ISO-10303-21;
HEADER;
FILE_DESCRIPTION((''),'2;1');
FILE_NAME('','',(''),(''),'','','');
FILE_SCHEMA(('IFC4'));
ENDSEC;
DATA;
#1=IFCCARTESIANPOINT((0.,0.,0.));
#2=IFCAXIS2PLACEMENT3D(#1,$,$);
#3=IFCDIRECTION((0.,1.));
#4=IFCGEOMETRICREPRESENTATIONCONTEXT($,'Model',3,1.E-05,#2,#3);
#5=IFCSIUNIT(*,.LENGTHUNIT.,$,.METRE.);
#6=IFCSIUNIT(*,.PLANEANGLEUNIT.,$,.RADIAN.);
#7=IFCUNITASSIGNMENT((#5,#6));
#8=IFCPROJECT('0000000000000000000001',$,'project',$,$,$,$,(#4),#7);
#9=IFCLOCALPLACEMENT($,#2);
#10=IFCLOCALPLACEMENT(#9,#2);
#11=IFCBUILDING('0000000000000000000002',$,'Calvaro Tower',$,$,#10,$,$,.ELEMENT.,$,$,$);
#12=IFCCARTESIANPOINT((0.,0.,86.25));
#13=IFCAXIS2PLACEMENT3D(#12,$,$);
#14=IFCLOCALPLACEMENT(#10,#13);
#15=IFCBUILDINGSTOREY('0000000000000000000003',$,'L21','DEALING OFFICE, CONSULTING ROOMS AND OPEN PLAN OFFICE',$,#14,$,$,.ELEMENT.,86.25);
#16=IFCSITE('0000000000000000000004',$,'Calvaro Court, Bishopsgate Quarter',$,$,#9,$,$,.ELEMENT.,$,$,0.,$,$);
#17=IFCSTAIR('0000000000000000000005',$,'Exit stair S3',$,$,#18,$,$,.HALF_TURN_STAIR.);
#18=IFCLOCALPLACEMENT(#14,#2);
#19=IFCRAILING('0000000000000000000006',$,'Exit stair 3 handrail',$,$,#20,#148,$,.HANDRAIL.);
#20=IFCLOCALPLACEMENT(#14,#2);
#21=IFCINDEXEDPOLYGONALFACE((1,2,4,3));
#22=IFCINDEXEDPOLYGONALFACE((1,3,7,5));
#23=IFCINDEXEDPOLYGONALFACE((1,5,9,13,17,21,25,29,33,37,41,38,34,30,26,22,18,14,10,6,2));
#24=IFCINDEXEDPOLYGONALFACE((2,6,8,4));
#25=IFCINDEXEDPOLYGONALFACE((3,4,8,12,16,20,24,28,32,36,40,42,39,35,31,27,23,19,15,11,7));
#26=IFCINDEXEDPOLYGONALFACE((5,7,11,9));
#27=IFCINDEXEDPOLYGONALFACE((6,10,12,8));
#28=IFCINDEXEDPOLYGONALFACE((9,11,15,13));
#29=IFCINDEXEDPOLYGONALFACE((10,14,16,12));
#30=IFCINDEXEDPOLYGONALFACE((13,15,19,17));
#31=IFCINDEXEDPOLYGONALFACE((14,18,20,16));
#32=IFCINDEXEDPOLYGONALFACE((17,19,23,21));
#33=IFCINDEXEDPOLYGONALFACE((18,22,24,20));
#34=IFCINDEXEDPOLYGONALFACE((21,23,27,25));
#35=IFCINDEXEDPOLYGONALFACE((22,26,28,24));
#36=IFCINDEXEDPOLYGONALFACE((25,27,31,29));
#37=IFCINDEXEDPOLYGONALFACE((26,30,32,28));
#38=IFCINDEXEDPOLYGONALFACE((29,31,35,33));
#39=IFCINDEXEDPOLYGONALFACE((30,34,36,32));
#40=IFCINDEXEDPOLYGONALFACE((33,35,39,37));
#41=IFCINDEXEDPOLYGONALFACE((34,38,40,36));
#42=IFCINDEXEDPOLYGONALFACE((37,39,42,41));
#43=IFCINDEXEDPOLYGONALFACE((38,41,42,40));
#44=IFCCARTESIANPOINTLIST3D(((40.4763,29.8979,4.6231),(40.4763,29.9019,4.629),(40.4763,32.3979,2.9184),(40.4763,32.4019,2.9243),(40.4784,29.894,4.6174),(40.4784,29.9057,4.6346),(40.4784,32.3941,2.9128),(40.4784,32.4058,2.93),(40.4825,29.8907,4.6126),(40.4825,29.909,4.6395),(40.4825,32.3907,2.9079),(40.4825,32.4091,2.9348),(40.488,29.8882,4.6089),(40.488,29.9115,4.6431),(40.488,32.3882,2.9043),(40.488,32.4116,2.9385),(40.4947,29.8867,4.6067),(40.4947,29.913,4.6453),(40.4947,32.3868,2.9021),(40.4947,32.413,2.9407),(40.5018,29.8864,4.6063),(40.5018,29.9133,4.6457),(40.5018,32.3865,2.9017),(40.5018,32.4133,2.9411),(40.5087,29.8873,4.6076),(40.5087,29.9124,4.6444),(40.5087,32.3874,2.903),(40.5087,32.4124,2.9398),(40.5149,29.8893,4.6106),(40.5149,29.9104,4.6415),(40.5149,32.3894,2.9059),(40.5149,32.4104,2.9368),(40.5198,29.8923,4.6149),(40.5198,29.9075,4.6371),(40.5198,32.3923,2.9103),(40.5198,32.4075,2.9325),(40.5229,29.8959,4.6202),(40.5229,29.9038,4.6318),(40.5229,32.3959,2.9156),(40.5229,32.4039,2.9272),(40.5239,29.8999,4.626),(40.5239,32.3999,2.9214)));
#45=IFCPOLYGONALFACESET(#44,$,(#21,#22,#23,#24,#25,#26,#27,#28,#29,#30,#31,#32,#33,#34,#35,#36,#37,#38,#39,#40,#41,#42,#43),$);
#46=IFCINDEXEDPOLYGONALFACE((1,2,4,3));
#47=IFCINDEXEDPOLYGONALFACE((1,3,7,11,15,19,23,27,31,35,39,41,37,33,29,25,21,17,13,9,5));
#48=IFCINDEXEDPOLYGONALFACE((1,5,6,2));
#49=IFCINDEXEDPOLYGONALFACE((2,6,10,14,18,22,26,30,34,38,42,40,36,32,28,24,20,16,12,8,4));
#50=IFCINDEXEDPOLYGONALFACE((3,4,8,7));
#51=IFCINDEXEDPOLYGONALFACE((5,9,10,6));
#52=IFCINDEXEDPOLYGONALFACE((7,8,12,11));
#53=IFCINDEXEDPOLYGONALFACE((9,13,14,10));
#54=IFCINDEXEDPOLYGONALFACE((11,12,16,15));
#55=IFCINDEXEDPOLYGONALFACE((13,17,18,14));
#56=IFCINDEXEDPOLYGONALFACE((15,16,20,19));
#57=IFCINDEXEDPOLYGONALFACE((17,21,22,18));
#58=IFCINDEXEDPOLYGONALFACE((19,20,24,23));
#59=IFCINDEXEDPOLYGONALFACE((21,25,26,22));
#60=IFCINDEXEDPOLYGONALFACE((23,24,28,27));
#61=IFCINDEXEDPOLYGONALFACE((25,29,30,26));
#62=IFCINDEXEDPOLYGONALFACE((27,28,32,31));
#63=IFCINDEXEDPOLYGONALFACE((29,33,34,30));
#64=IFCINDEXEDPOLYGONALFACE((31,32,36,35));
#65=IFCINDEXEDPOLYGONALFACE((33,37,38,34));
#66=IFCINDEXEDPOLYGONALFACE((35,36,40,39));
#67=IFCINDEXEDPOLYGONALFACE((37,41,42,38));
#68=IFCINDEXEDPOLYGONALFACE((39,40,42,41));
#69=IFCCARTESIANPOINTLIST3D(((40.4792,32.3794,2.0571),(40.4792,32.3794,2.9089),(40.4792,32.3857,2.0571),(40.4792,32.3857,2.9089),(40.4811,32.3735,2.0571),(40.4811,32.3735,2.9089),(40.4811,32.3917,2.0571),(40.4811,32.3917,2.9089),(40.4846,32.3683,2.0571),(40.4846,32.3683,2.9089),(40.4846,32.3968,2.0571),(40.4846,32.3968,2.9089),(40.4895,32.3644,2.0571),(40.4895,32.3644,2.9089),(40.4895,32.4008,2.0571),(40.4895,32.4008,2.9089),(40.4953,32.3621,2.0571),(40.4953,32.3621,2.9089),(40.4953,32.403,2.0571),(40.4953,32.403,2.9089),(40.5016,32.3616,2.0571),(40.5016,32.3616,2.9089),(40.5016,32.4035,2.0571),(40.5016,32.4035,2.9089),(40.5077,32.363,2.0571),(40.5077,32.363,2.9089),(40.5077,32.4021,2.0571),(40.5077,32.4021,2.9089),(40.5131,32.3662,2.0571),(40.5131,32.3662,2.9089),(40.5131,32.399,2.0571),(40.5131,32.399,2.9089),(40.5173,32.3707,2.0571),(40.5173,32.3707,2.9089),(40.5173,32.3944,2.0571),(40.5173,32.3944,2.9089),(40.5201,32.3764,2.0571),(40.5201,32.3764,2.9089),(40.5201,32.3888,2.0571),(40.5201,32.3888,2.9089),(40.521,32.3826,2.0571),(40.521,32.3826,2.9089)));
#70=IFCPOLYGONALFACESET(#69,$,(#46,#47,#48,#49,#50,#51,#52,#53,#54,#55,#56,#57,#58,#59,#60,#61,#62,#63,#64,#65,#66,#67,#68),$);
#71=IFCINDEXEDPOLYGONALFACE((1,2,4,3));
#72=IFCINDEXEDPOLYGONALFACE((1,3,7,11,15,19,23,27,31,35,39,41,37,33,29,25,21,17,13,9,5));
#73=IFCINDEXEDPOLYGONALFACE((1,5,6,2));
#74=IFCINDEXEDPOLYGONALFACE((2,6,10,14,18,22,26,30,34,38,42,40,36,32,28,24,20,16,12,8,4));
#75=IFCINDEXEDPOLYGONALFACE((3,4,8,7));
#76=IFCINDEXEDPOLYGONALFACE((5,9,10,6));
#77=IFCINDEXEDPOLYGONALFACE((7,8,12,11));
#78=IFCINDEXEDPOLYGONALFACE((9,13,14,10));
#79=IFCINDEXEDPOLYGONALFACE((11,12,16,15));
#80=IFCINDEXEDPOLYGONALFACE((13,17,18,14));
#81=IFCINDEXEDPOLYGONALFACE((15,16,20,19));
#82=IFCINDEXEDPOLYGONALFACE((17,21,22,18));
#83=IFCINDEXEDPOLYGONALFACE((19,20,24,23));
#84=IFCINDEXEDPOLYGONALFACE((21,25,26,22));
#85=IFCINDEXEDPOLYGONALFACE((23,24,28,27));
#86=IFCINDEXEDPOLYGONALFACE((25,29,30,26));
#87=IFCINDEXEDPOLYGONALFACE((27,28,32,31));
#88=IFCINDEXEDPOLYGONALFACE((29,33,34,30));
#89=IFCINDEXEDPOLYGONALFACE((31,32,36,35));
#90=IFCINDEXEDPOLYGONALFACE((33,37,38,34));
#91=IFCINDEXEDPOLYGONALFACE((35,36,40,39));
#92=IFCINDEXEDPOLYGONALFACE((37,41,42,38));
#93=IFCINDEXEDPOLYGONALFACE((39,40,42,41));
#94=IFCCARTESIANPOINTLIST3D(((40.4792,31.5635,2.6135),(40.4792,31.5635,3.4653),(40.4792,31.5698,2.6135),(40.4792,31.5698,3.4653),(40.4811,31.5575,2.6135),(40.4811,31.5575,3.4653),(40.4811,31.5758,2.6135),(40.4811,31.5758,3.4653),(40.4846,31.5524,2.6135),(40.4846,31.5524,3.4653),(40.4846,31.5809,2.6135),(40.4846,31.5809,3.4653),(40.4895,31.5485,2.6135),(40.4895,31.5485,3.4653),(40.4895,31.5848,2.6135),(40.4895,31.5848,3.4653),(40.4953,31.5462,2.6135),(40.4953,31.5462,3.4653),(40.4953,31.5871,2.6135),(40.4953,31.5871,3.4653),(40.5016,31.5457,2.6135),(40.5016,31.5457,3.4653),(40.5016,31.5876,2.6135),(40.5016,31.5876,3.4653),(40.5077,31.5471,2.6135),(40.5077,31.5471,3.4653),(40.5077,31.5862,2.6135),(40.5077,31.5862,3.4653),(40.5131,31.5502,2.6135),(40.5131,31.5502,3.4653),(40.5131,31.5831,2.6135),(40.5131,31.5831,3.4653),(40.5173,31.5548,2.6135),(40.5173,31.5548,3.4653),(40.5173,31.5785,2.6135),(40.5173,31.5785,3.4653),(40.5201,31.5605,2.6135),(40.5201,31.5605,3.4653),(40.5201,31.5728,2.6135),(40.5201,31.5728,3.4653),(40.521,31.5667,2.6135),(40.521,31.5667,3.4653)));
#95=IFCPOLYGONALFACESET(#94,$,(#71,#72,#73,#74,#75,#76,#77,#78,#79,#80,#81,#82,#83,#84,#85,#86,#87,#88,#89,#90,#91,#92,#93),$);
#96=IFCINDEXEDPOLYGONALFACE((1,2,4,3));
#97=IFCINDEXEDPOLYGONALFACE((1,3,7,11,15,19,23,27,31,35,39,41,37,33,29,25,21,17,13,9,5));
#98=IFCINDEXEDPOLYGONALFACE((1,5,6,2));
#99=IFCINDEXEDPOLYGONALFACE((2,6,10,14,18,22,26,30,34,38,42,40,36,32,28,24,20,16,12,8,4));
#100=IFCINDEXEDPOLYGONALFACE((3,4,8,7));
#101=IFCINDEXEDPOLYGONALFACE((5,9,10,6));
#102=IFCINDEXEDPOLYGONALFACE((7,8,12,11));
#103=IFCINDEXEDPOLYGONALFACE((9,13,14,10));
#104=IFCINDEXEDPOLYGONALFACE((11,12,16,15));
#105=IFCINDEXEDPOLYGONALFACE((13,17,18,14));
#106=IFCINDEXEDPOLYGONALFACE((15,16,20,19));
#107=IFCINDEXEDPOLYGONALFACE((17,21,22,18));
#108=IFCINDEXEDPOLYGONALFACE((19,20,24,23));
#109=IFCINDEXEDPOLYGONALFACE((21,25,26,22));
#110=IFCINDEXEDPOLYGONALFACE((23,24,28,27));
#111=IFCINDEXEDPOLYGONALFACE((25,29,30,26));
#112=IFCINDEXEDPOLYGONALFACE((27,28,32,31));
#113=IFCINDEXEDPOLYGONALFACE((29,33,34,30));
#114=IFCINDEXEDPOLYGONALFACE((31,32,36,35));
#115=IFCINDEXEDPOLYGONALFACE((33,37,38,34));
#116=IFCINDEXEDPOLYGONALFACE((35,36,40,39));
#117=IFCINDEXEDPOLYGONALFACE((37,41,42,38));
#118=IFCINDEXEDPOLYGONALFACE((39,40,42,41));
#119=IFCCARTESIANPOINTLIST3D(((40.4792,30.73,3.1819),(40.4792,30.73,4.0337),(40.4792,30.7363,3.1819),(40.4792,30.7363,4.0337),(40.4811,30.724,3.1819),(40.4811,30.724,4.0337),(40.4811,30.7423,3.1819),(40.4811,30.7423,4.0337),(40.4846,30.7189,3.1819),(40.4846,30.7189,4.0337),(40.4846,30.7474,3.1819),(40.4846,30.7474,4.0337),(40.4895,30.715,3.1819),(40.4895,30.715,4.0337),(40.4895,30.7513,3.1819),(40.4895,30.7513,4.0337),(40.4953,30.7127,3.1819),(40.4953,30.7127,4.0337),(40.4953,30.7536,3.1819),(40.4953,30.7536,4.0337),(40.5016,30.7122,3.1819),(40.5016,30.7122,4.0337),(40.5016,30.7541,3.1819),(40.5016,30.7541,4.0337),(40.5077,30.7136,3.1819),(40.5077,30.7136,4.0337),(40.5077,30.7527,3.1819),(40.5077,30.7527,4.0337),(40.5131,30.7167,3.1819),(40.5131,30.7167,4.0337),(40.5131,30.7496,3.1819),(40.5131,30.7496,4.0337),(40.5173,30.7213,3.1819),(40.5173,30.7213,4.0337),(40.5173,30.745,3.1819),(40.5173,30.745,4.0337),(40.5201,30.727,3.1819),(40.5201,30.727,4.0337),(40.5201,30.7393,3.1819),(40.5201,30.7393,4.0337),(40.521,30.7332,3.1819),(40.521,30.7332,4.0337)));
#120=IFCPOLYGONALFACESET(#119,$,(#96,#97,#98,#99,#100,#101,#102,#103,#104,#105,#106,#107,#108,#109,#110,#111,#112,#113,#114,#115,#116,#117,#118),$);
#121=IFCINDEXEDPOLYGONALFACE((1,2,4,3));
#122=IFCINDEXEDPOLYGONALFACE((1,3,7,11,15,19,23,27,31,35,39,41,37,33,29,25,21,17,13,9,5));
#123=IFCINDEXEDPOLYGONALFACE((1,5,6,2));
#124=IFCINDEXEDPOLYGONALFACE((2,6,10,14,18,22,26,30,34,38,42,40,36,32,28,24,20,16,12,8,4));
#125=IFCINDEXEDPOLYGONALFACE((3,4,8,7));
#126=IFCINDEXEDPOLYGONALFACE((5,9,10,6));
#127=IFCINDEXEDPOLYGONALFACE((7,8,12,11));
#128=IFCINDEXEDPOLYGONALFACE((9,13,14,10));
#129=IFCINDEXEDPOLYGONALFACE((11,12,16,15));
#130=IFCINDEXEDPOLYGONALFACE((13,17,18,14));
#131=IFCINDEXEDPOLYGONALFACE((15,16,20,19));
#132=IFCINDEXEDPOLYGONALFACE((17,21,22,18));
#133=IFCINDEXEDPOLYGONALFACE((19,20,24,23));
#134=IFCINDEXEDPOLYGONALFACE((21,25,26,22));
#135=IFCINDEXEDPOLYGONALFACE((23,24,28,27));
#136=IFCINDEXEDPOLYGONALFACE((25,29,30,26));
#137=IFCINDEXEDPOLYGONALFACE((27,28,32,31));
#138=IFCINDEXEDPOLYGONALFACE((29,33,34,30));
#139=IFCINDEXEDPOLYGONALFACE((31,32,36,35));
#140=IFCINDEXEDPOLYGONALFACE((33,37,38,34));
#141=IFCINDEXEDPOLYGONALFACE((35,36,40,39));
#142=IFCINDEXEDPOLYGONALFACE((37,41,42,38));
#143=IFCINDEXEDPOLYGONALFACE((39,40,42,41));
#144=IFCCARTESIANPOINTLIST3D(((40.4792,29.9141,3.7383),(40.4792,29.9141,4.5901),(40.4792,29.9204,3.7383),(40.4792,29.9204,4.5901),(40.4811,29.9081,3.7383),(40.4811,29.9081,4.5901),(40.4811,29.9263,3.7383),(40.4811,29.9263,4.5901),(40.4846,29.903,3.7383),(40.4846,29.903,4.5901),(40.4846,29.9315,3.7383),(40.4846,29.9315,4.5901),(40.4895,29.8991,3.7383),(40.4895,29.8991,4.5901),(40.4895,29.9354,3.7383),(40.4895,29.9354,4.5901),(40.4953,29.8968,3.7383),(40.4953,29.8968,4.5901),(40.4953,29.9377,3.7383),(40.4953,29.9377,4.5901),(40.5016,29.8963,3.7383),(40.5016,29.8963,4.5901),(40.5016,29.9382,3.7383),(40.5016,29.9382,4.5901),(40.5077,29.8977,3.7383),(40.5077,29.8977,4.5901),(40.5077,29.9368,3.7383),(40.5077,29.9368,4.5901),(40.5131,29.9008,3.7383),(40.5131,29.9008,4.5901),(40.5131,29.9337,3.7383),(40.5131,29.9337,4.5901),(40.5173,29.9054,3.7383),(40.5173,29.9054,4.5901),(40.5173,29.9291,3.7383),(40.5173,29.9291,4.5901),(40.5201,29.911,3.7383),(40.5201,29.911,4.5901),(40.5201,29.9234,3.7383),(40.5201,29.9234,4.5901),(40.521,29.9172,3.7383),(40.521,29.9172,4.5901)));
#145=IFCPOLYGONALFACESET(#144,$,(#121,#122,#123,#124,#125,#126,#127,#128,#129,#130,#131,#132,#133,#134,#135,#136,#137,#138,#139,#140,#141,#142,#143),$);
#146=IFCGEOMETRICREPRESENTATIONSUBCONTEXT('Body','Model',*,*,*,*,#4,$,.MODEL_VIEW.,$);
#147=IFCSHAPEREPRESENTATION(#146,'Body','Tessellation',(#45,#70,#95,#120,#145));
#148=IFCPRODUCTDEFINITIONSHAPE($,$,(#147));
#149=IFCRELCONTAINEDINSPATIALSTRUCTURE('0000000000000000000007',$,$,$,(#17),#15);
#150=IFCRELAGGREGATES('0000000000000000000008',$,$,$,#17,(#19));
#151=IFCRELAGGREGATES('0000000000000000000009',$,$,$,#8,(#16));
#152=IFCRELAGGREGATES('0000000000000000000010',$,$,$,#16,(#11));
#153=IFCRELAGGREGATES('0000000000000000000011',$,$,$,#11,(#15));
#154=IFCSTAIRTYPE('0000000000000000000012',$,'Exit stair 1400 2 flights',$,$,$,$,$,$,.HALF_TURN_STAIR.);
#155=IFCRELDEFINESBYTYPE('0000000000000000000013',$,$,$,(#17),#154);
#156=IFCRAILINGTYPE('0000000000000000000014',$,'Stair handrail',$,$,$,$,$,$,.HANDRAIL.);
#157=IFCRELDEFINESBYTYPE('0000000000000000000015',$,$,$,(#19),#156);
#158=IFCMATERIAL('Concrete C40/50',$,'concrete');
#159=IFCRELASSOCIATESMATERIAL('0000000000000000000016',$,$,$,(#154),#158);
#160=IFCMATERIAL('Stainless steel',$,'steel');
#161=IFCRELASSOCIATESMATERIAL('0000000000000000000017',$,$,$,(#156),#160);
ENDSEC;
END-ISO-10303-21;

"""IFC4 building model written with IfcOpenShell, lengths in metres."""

from ifc_helpers import new_model, si_unit, direction, frame, origin, origin_2d, place, context, subcontext, project, spatial, circle, extrude, material, type_object, element, aggregate, save


model = new_model("IFC4")

# Units and contexts
model_context = context("Model", 3, precision=1e-05, world=origin(), true_north=direction((0.0, 1.0)))
body_context = subcontext(model_context, "Body", "Model", "MODEL_VIEW")
ifc_project = project(units=[si_unit("LENGTHUNIT", "METRE"), si_unit("PLANEANGLEUNIT", "RADIAN")], contexts=[model_context])

# Site, building, storey
site_placement = place(None, origin())
site = spatial("IfcSite", under=ifc_project, at=site_placement, Name="Calvaro Court, Bishopsgate Quarter", CompositionType="ELEMENT", RefElevation=0.0)
building_placement = place(site_placement, origin())
building = spatial("IfcBuilding", under=site, at=building_placement, Name="Calvaro Tower", CompositionType="ELEMENT")
storey_placement = place(building_placement, frame((0.0, 0.0, 86.25)))
storey = spatial("IfcBuildingStorey", under=building, at=storey_placement, Name="L21", Description="DEALING OFFICE, CONSULTING ROOMS AND OPEN PLAN OFFICE", CompositionType="ELEMENT", Elevation=86.25)

# Stair
ifc_material_1 = material(Name="Concrete C40/50", Category="concrete")
stair_type = type_object("IfcStairType", Name="Exit stair 1400 2 flights", PredefinedType="HALF_TURN_STAIR", material=ifc_material_1)
stair_1_placement = place(storey_placement, origin())
stair_1 = element("IfcStair", 1, at=stair_1_placement, inside=storey, type_object=stair_type, Name="Exit stair S3", PredefinedType="HALF_TURN_STAIR")

# Railing
ifc_material_2 = material(Name="Stainless steel", Category="steel")
railing_type = type_object("IfcRailingType", Name="Stair handrail", PredefinedType="HANDRAIL", material=ifc_material_2)
railing_1_placement = place(storey_placement, frame((40.5, 32.3999, 2.0454)))
railing_1 = element("IfcRailing", 2, at=railing_1_placement, type_object=railing_type, Name="Exit stair 3 handrail", PredefinedType="HANDRAIL", context=body_context, shape_type="SweptSolid", body=[
    extrude(circle(Radius=0.0239, at=origin_2d()), frame((0.0, 0.0, 0.876), z_axis=(0.0, -0.826221, 0.563347), x_axis=(1.0, 0.0, 0.0)), (0.0, 0.0, 1.0), 3.0259),
    extrude(circle(Radius=0.021, at=origin_2d()), frame((0.0, -0.0173, 0.0117)), (0.0, 0.0, 1.0), 0.8518),
    extrude(circle(Radius=0.021, at=origin_2d()), frame((0.0, -0.8333, 0.5681)), (0.0, 0.0, 1.0), 0.8518),
    extrude(circle(Radius=0.021, at=origin_2d()), frame((0.0, -1.6667, 1.1365)), (0.0, 0.0, 1.0), 0.8518),
    extrude(circle(Radius=0.021, at=origin_2d()), frame((0.0, -2.4827, 1.6929)), (0.0, 0.0, 1.0), 0.8518),
])
aggregate(stair_1, [railing_1])

save(model, "model.ifc")
